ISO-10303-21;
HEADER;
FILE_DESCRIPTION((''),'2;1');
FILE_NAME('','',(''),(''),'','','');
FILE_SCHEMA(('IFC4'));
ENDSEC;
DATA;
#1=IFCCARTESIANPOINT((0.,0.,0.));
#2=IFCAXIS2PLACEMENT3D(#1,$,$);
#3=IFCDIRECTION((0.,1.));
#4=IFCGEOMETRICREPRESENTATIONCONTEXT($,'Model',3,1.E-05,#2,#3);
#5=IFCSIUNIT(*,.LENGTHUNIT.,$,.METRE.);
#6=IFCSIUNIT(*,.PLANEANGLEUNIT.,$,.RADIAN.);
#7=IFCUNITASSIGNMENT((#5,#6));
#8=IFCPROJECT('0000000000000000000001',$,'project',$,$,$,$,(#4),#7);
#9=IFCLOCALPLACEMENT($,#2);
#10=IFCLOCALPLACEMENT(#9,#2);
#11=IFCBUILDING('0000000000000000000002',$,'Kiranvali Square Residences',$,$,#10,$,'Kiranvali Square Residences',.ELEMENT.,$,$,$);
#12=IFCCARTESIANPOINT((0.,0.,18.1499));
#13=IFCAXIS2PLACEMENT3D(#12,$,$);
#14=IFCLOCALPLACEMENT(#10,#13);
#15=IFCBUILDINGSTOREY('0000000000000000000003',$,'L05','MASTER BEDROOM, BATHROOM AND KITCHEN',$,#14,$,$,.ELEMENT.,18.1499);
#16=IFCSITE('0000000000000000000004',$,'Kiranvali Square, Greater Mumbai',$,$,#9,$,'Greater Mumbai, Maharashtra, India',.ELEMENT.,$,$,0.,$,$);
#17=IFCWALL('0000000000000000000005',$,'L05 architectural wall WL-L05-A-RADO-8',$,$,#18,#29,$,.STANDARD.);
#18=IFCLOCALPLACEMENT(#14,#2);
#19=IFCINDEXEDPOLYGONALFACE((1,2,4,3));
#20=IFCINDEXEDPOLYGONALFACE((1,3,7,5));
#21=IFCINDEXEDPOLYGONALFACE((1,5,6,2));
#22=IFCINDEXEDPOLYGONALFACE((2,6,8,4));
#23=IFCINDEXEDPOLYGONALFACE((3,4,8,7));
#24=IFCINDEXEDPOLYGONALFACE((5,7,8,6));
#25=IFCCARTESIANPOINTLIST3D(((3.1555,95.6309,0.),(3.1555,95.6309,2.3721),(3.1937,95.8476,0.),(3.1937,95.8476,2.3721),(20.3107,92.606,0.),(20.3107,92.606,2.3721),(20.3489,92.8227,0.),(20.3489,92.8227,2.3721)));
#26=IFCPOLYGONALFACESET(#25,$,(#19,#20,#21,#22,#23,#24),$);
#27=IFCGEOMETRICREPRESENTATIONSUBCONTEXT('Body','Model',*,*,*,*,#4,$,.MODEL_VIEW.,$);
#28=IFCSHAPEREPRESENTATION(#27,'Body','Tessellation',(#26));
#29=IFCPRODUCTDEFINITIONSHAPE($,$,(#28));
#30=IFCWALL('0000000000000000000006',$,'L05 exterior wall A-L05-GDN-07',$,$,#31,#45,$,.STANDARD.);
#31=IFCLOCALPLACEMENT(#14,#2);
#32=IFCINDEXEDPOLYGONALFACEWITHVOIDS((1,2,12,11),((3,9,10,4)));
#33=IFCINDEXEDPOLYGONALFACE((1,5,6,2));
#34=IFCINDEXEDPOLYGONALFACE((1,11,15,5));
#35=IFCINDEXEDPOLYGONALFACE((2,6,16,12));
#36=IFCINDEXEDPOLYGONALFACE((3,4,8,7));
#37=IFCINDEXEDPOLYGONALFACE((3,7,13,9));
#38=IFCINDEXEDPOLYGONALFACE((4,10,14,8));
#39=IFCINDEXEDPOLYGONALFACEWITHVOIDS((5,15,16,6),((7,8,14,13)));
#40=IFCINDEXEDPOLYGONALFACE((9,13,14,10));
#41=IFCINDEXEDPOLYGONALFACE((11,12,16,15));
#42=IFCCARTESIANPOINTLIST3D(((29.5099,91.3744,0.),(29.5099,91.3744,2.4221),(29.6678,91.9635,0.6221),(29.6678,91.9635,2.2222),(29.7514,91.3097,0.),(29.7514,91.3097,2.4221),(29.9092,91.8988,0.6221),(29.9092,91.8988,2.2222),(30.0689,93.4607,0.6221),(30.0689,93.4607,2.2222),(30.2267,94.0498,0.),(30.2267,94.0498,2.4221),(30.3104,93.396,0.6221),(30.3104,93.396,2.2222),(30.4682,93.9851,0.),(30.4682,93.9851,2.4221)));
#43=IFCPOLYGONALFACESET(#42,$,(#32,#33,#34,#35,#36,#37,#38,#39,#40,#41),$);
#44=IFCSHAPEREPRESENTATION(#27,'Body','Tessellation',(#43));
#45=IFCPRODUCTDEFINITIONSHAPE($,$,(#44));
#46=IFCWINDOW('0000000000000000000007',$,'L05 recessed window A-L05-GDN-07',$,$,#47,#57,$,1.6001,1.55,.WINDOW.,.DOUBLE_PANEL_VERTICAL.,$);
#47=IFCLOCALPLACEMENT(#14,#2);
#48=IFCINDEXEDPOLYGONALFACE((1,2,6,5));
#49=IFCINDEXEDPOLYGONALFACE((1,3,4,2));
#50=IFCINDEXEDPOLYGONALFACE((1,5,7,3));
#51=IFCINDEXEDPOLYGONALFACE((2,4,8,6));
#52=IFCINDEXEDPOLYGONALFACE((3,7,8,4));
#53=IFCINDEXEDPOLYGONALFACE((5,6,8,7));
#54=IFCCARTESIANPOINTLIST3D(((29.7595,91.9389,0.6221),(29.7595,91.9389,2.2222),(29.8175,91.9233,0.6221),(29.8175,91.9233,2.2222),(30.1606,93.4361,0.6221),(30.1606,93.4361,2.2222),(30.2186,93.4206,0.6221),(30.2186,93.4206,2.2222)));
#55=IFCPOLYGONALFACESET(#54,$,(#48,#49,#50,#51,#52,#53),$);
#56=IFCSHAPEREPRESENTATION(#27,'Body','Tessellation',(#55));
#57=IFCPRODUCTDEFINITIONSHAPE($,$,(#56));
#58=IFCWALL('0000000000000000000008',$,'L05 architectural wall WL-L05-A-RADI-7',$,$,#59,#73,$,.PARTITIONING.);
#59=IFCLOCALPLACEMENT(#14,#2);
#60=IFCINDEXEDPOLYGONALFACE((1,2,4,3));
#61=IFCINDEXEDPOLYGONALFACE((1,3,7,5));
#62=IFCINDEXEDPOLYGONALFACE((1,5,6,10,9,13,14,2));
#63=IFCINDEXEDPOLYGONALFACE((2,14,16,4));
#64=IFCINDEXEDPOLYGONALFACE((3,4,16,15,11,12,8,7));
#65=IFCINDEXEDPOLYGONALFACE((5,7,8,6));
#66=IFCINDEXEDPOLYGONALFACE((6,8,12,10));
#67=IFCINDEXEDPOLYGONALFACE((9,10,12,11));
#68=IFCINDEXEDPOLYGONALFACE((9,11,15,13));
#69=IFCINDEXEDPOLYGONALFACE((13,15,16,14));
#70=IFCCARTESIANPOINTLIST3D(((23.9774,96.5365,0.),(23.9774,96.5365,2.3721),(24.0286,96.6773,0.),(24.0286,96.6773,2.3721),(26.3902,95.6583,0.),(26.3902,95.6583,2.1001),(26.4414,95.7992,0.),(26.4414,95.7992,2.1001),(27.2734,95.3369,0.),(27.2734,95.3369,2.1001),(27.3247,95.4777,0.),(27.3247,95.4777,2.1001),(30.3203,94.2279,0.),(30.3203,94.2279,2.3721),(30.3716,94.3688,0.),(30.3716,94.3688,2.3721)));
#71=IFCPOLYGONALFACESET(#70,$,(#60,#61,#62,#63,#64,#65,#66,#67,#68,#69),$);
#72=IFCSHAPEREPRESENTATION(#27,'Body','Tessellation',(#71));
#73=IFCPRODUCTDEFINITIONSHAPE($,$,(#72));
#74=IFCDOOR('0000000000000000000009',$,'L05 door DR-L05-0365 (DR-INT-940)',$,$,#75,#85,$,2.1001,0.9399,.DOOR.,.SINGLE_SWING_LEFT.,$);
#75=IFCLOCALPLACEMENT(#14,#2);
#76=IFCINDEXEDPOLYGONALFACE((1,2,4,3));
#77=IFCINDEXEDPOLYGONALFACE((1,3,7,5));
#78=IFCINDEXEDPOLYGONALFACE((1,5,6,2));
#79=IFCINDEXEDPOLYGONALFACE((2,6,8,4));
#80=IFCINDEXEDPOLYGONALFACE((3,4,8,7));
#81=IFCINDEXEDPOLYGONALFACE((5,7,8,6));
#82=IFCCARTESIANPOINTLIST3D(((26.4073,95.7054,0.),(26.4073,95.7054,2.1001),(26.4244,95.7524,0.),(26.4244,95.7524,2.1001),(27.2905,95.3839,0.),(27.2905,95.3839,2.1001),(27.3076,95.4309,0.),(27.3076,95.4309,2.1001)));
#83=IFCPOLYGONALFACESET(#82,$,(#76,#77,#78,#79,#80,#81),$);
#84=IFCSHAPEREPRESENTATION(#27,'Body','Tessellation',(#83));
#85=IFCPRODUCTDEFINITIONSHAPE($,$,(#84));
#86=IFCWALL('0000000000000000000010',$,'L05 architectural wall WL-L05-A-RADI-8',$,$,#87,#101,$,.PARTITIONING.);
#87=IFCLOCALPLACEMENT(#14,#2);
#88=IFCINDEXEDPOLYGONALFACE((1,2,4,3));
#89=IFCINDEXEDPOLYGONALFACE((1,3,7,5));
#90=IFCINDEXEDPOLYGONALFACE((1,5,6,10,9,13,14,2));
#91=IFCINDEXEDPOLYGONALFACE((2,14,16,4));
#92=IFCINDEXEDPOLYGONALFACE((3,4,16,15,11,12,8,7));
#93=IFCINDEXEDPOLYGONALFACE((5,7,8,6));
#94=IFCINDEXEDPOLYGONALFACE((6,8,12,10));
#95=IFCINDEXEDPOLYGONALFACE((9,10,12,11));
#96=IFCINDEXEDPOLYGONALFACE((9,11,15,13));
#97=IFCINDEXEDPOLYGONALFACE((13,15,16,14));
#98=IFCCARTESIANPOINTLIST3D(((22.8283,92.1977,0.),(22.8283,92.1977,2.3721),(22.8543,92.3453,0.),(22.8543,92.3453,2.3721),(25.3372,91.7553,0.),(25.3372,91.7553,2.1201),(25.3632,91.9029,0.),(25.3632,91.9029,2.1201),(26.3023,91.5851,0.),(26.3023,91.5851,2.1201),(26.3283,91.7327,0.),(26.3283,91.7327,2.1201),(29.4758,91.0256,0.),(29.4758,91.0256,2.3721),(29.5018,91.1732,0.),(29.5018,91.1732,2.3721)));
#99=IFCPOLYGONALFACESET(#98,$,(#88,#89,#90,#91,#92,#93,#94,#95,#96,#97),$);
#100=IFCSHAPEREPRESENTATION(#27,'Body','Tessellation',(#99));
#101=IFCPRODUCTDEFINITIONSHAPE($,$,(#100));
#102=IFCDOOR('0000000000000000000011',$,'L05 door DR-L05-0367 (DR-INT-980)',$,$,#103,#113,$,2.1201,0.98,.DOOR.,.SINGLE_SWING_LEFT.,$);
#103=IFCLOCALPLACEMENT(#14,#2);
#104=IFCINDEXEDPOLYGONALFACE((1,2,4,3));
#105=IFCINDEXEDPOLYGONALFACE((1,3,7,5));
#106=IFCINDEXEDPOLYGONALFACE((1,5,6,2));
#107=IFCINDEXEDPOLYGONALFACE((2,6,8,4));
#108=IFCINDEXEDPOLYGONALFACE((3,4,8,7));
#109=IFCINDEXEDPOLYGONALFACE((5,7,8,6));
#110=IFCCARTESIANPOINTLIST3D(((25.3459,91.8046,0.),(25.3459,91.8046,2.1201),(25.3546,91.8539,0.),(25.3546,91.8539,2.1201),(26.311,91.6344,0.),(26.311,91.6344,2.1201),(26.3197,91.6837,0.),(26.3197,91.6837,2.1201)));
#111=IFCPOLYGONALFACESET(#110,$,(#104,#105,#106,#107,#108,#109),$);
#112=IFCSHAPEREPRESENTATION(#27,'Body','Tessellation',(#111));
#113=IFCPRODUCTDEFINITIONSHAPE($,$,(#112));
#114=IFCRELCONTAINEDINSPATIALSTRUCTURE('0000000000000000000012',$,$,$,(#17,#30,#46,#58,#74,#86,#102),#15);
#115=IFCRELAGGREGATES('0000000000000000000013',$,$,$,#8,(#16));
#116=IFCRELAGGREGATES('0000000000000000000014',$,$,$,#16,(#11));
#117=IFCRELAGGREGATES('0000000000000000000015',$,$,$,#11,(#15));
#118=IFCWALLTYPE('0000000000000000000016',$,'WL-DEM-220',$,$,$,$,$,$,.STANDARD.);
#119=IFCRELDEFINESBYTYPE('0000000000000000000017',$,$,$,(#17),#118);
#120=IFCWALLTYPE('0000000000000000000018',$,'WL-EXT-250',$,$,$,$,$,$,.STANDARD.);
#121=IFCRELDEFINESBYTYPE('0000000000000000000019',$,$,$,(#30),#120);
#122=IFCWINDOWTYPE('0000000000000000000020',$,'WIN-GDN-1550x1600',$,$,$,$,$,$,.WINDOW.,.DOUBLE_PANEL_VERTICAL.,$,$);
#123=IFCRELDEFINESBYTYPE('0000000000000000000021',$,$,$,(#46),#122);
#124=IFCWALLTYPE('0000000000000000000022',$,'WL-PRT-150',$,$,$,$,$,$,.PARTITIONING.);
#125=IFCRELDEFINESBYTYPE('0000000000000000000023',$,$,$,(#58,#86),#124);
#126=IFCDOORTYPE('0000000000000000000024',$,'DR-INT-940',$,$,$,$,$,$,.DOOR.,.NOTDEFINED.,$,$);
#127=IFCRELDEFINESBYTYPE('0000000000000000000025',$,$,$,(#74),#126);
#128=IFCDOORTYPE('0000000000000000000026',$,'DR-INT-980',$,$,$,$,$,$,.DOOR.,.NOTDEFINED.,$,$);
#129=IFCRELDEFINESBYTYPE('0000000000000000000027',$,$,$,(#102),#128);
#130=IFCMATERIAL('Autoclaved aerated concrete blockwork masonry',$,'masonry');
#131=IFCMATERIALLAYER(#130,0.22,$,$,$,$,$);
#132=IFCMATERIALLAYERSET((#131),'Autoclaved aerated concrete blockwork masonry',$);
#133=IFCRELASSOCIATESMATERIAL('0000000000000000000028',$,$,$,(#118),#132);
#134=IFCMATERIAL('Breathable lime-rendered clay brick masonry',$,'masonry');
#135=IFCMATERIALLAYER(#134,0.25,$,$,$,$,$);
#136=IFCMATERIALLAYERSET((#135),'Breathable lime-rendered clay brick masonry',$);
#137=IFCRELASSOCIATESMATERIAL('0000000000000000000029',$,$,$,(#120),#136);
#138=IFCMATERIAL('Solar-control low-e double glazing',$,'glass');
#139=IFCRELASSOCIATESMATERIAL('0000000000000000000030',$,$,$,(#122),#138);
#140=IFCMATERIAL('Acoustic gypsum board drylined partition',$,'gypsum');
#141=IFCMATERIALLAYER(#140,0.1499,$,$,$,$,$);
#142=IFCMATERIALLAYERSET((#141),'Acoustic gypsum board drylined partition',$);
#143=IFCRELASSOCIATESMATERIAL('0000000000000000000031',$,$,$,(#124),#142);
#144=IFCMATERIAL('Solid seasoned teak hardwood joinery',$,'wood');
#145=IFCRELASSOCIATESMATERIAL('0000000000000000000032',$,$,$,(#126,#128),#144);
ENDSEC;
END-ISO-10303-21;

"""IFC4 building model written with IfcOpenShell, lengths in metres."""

from ifc_helpers import new_model, si_unit, direction, frame, frame_2d, origin, place, context, subcontext, project, spatial, rectangle, extrude, material, layer, layer_set, type_object, element, fill, save


model = new_model("IFC4")

# Units and contexts
model_context = context("Model", 3, precision=1e-05, world=origin(), true_north=direction((0.0, 1.0)))
body_context = subcontext(model_context, "Body", "Model", "MODEL_VIEW")
ifc_project = project(units=[si_unit("LENGTHUNIT", "METRE"), si_unit("PLANEANGLEUNIT", "RADIAN")], contexts=[model_context])

# Site, building, storey
site_placement = place(None, origin())
site = spatial("IfcSite", under=ifc_project, at=site_placement, Name="Kiranvali Square, Greater Mumbai", LongName="Greater Mumbai, Maharashtra, India", CompositionType="ELEMENT", RefElevation=0.0)
building_placement = place(site_placement, origin())
building = spatial("IfcBuilding", under=site, at=building_placement, Name="Kiranvali Square Residences", LongName="Kiranvali Square Residences", CompositionType="ELEMENT")
storey_placement = place(building_placement, frame((0.0, 0.0, 18.1499)))
storey = spatial("IfcBuildingStorey", under=building, at=storey_placement, Name="L05", Description="MASTER BEDROOM, BATHROOM AND KITCHEN", CompositionType="ELEMENT", Elevation=18.1499)

# Shared definitions
ifc_material_1 = material(Name="Autoclaved aerated concrete blockwork masonry", Category="masonry")

# Wall
ifc_layer_1 = layer(ifc_material_1, 0.22)
ifc_layer_set_1 = layer_set([ifc_layer_1], Name="Autoclaved aerated concrete blockwork masonry")
wall_type_1 = type_object("IfcWallType", Name="WL-DEM-220", PredefinedType="STANDARD", material=ifc_layer_set_1)
wall_1_placement = place(storey_placement, frame((20.3298, 92.7144, 0.0), z_axis=(0.0, 0.0, 1.0), x_axis=(-0.984808, 0.173646, 0.0)))
element("IfcWall", 1, at=wall_1_placement, inside=storey, type_object=wall_type_1, Name="L05 architectural wall WL-L05-A-RADO-8", PredefinedType="STANDARD", context=body_context, shape_type="SweptSolid", body=[
    extrude(rectangle(XDim=17.4199, YDim=0.22, at=frame_2d((8.71, 0.0))), origin(), (0.0, 0.0, 1.0), 2.3721),
])

# Wall, opening, window
ifc_material_2 = material(Name="Breathable lime-rendered clay brick masonry", Category="masonry")
ifc_layer_2 = layer(ifc_material_2, 0.25)
ifc_layer_set_2 = layer_set([ifc_layer_2], Name="Breathable lime-rendered clay brick masonry")
wall_type_2 = type_object("IfcWallType", Name="WL-EXT-250", PredefinedType="STANDARD", material=ifc_layer_set_2)
wall_2_placement = place(storey_placement, frame((30.3474, 94.0173, 0.0), z_axis=(0.0, 0.0, 1.0), x_axis=(-0.258782, -0.965936, 0.0)))
wall_2 = element("IfcWall", 2, at=wall_2_placement, inside=storey, type_object=wall_type_2, Name="L05 exterior wall A-L05-GDN-07", PredefinedType="STANDARD", context=body_context, shape_type="SweptSolid", body=[
    extrude(rectangle(XDim=2.7698, YDim=0.25, at=frame_2d((1.3848, 0.0))), origin(), (0.0, 0.0, 1.0), 2.4221),
])
opening_1_placement = place(wall_2_placement, frame((0.6099, 0.0, 0.6221)))
opening_1 = element("IfcOpeningElement", 3, at=opening_1_placement, cuts=wall_2, PredefinedType="OPENING", context=body_context, shape_type="SweptSolid", body=[
    extrude(rectangle(XDim=1.55, YDim=1.6001, at=frame_2d((0.7749, 0.8))), frame((0.0, 0.135, 0.0), z_axis=(0.0, -1.0, 0.0), x_axis=(1.0, 0.0, 0.0)), (0.0, 0.0, 1.0), 0.27),
])
ifc_material_3 = material(Name="Solar-control low-e double glazing", Category="glass")
window_type = type_object("IfcWindowType", Name="WIN-GDN-1550x1600", PartitioningType="DOUBLE_PANEL_VERTICAL", PredefinedType="WINDOW", material=ifc_material_3)
window_placement = place(opening_1_placement, origin())
window = element("IfcWindow", 4, at=window_placement, inside=storey, type_object=window_type, Name="L05 recessed window A-L05-GDN-07", OverallHeight=1.6001, OverallWidth=1.55, PartitioningType="DOUBLE_PANEL_VERTICAL", PredefinedType="WINDOW", context=body_context, shape_type="SweptSolid", body=[
    extrude(rectangle(XDim=1.55, YDim=1.6001, at=frame_2d((0.7749, 0.8))), frame((0.0, 0.03, 0.0), z_axis=(0.0, -1.0, 0.0), x_axis=(1.0, 0.0, 0.0)), (0.0, 0.0, 1.0), 0.0601),
])
fill(opening_1, window)

# Walls, openings, doors
ifc_material_4 = material(Name="Acoustic gypsum board drylined partition", Category="gypsum")
ifc_layer_3 = layer(ifc_material_4, 0.1499)
ifc_layer_set_3 = layer_set([ifc_layer_3], Name="Acoustic gypsum board drylined partition")
wall_type_3 = type_object("IfcWallType", Name="WL-PRT-150", PredefinedType="PARTITIONING", material=ifc_layer_set_3)
wall_3_placement = place(storey_placement, frame((30.3459, 94.2983, 0.0), z_axis=(0.0, 0.0, 1.0), x_axis=(-0.939696, 0.34201, 0.0)))
wall_3 = element("IfcWall", 5, at=wall_3_placement, inside=storey, type_object=wall_type_3, Name="L05 architectural wall WL-L05-A-RADI-7", PredefinedType="PARTITIONING", context=body_context, shape_type="SweptSolid", body=[
    extrude(rectangle(XDim=6.75, YDim=0.1499, at=frame_2d((3.375, 0.0))), origin(), (0.0, 0.0, 1.0), 2.3721),
])
opening_2_placement = place(wall_3_placement, frame((3.2424, 0.0, 0.0)))
opening_2 = element("IfcOpeningElement", 6, at=opening_2_placement, cuts=wall_3, PredefinedType="OPENING", context=body_context, shape_type="SweptSolid", body=[
    extrude(rectangle(XDim=0.9399, YDim=2.1001, at=frame_2d((0.47, 1.05))), frame((0.0, 0.085, 0.0), z_axis=(0.0, -1.0, 0.0), x_axis=(1.0, 0.0, 0.0)), (0.0, 0.0, 1.0), 0.1699),
])
ifc_material_5 = material(Name="Solid seasoned teak hardwood joinery", Category="wood")
door_type_1 = type_object("IfcDoorType", Name="DR-INT-940", OperationType="NOTDEFINED", PredefinedType="DOOR", material=ifc_material_5)
door_1_placement = place(opening_2_placement, origin())
door_1 = element("IfcDoor", 7, at=door_1_placement, inside=storey, type_object=door_type_1, Name="L05 door DR-L05-0365 (DR-INT-940)", OperationType="SINGLE_SWING_LEFT", OverallHeight=2.1001, OverallWidth=0.9399, PredefinedType="DOOR", context=body_context, shape_type="SweptSolid", body=[
    extrude(rectangle(XDim=0.9399, YDim=2.1001, at=frame_2d((0.47, 1.05))), frame((0.0, 0.0249, 0.0), z_axis=(0.0, -1.0, 0.0), x_axis=(1.0, 0.0, 0.0)), (0.0, 0.0, 1.0), 0.05),
])
fill(opening_2, door_1)
wall_4_placement = place(storey_placement, frame((29.4888, 91.0994, 0.0), z_axis=(0.0, 0.0, 1.0), x_axis=(-0.984808, 0.173647, 0.0)))
wall_4 = element("IfcWall", 8, at=wall_4_placement, inside=storey, type_object=wall_type_3, Name="L05 architectural wall WL-L05-A-RADI-8", PredefinedType="PARTITIONING", context=body_context, shape_type="SweptSolid", body=[
    extrude(rectangle(XDim=6.75, YDim=0.1499, at=frame_2d((3.375, 0.0))), origin(), (0.0, 0.0, 1.0), 2.3721),
])
opening_3_placement = place(wall_4_placement, frame((3.2224, 0.0, 0.0)))
opening_3 = element("IfcOpeningElement", 9, at=opening_3_placement, cuts=wall_4, PredefinedType="OPENING", context=body_context, shape_type="SweptSolid", body=[
    extrude(rectangle(XDim=0.98, YDim=2.1201, at=frame_2d((0.49, 1.0601))), frame((0.0, 0.085, 0.0), z_axis=(0.0, -1.0, 0.0), x_axis=(1.0, 0.0, 0.0)), (0.0, 0.0, 1.0), 0.1699),
])
door_type_2 = type_object("IfcDoorType", Name="DR-INT-980", OperationType="NOTDEFINED", PredefinedType="DOOR", material=ifc_material_5)
door_2_placement = place(opening_3_placement, origin())
door_2 = element("IfcDoor", 10, at=door_2_placement, inside=storey, type_object=door_type_2, Name="L05 door DR-L05-0367 (DR-INT-980)", OperationType="SINGLE_SWING_LEFT", OverallHeight=2.1201, OverallWidth=0.98, PredefinedType="DOOR", context=body_context, shape_type="SweptSolid", body=[
    extrude(rectangle(XDim=0.98, YDim=2.1201, at=frame_2d((0.49, 1.0601))), frame((0.0, 0.0249, 0.0), z_axis=(0.0, -1.0, 0.0), x_axis=(1.0, 0.0, 0.0)), (0.0, 0.0, 1.0), 0.05),
])
fill(opening_3, door_2)

save(model, "model.ifc")
